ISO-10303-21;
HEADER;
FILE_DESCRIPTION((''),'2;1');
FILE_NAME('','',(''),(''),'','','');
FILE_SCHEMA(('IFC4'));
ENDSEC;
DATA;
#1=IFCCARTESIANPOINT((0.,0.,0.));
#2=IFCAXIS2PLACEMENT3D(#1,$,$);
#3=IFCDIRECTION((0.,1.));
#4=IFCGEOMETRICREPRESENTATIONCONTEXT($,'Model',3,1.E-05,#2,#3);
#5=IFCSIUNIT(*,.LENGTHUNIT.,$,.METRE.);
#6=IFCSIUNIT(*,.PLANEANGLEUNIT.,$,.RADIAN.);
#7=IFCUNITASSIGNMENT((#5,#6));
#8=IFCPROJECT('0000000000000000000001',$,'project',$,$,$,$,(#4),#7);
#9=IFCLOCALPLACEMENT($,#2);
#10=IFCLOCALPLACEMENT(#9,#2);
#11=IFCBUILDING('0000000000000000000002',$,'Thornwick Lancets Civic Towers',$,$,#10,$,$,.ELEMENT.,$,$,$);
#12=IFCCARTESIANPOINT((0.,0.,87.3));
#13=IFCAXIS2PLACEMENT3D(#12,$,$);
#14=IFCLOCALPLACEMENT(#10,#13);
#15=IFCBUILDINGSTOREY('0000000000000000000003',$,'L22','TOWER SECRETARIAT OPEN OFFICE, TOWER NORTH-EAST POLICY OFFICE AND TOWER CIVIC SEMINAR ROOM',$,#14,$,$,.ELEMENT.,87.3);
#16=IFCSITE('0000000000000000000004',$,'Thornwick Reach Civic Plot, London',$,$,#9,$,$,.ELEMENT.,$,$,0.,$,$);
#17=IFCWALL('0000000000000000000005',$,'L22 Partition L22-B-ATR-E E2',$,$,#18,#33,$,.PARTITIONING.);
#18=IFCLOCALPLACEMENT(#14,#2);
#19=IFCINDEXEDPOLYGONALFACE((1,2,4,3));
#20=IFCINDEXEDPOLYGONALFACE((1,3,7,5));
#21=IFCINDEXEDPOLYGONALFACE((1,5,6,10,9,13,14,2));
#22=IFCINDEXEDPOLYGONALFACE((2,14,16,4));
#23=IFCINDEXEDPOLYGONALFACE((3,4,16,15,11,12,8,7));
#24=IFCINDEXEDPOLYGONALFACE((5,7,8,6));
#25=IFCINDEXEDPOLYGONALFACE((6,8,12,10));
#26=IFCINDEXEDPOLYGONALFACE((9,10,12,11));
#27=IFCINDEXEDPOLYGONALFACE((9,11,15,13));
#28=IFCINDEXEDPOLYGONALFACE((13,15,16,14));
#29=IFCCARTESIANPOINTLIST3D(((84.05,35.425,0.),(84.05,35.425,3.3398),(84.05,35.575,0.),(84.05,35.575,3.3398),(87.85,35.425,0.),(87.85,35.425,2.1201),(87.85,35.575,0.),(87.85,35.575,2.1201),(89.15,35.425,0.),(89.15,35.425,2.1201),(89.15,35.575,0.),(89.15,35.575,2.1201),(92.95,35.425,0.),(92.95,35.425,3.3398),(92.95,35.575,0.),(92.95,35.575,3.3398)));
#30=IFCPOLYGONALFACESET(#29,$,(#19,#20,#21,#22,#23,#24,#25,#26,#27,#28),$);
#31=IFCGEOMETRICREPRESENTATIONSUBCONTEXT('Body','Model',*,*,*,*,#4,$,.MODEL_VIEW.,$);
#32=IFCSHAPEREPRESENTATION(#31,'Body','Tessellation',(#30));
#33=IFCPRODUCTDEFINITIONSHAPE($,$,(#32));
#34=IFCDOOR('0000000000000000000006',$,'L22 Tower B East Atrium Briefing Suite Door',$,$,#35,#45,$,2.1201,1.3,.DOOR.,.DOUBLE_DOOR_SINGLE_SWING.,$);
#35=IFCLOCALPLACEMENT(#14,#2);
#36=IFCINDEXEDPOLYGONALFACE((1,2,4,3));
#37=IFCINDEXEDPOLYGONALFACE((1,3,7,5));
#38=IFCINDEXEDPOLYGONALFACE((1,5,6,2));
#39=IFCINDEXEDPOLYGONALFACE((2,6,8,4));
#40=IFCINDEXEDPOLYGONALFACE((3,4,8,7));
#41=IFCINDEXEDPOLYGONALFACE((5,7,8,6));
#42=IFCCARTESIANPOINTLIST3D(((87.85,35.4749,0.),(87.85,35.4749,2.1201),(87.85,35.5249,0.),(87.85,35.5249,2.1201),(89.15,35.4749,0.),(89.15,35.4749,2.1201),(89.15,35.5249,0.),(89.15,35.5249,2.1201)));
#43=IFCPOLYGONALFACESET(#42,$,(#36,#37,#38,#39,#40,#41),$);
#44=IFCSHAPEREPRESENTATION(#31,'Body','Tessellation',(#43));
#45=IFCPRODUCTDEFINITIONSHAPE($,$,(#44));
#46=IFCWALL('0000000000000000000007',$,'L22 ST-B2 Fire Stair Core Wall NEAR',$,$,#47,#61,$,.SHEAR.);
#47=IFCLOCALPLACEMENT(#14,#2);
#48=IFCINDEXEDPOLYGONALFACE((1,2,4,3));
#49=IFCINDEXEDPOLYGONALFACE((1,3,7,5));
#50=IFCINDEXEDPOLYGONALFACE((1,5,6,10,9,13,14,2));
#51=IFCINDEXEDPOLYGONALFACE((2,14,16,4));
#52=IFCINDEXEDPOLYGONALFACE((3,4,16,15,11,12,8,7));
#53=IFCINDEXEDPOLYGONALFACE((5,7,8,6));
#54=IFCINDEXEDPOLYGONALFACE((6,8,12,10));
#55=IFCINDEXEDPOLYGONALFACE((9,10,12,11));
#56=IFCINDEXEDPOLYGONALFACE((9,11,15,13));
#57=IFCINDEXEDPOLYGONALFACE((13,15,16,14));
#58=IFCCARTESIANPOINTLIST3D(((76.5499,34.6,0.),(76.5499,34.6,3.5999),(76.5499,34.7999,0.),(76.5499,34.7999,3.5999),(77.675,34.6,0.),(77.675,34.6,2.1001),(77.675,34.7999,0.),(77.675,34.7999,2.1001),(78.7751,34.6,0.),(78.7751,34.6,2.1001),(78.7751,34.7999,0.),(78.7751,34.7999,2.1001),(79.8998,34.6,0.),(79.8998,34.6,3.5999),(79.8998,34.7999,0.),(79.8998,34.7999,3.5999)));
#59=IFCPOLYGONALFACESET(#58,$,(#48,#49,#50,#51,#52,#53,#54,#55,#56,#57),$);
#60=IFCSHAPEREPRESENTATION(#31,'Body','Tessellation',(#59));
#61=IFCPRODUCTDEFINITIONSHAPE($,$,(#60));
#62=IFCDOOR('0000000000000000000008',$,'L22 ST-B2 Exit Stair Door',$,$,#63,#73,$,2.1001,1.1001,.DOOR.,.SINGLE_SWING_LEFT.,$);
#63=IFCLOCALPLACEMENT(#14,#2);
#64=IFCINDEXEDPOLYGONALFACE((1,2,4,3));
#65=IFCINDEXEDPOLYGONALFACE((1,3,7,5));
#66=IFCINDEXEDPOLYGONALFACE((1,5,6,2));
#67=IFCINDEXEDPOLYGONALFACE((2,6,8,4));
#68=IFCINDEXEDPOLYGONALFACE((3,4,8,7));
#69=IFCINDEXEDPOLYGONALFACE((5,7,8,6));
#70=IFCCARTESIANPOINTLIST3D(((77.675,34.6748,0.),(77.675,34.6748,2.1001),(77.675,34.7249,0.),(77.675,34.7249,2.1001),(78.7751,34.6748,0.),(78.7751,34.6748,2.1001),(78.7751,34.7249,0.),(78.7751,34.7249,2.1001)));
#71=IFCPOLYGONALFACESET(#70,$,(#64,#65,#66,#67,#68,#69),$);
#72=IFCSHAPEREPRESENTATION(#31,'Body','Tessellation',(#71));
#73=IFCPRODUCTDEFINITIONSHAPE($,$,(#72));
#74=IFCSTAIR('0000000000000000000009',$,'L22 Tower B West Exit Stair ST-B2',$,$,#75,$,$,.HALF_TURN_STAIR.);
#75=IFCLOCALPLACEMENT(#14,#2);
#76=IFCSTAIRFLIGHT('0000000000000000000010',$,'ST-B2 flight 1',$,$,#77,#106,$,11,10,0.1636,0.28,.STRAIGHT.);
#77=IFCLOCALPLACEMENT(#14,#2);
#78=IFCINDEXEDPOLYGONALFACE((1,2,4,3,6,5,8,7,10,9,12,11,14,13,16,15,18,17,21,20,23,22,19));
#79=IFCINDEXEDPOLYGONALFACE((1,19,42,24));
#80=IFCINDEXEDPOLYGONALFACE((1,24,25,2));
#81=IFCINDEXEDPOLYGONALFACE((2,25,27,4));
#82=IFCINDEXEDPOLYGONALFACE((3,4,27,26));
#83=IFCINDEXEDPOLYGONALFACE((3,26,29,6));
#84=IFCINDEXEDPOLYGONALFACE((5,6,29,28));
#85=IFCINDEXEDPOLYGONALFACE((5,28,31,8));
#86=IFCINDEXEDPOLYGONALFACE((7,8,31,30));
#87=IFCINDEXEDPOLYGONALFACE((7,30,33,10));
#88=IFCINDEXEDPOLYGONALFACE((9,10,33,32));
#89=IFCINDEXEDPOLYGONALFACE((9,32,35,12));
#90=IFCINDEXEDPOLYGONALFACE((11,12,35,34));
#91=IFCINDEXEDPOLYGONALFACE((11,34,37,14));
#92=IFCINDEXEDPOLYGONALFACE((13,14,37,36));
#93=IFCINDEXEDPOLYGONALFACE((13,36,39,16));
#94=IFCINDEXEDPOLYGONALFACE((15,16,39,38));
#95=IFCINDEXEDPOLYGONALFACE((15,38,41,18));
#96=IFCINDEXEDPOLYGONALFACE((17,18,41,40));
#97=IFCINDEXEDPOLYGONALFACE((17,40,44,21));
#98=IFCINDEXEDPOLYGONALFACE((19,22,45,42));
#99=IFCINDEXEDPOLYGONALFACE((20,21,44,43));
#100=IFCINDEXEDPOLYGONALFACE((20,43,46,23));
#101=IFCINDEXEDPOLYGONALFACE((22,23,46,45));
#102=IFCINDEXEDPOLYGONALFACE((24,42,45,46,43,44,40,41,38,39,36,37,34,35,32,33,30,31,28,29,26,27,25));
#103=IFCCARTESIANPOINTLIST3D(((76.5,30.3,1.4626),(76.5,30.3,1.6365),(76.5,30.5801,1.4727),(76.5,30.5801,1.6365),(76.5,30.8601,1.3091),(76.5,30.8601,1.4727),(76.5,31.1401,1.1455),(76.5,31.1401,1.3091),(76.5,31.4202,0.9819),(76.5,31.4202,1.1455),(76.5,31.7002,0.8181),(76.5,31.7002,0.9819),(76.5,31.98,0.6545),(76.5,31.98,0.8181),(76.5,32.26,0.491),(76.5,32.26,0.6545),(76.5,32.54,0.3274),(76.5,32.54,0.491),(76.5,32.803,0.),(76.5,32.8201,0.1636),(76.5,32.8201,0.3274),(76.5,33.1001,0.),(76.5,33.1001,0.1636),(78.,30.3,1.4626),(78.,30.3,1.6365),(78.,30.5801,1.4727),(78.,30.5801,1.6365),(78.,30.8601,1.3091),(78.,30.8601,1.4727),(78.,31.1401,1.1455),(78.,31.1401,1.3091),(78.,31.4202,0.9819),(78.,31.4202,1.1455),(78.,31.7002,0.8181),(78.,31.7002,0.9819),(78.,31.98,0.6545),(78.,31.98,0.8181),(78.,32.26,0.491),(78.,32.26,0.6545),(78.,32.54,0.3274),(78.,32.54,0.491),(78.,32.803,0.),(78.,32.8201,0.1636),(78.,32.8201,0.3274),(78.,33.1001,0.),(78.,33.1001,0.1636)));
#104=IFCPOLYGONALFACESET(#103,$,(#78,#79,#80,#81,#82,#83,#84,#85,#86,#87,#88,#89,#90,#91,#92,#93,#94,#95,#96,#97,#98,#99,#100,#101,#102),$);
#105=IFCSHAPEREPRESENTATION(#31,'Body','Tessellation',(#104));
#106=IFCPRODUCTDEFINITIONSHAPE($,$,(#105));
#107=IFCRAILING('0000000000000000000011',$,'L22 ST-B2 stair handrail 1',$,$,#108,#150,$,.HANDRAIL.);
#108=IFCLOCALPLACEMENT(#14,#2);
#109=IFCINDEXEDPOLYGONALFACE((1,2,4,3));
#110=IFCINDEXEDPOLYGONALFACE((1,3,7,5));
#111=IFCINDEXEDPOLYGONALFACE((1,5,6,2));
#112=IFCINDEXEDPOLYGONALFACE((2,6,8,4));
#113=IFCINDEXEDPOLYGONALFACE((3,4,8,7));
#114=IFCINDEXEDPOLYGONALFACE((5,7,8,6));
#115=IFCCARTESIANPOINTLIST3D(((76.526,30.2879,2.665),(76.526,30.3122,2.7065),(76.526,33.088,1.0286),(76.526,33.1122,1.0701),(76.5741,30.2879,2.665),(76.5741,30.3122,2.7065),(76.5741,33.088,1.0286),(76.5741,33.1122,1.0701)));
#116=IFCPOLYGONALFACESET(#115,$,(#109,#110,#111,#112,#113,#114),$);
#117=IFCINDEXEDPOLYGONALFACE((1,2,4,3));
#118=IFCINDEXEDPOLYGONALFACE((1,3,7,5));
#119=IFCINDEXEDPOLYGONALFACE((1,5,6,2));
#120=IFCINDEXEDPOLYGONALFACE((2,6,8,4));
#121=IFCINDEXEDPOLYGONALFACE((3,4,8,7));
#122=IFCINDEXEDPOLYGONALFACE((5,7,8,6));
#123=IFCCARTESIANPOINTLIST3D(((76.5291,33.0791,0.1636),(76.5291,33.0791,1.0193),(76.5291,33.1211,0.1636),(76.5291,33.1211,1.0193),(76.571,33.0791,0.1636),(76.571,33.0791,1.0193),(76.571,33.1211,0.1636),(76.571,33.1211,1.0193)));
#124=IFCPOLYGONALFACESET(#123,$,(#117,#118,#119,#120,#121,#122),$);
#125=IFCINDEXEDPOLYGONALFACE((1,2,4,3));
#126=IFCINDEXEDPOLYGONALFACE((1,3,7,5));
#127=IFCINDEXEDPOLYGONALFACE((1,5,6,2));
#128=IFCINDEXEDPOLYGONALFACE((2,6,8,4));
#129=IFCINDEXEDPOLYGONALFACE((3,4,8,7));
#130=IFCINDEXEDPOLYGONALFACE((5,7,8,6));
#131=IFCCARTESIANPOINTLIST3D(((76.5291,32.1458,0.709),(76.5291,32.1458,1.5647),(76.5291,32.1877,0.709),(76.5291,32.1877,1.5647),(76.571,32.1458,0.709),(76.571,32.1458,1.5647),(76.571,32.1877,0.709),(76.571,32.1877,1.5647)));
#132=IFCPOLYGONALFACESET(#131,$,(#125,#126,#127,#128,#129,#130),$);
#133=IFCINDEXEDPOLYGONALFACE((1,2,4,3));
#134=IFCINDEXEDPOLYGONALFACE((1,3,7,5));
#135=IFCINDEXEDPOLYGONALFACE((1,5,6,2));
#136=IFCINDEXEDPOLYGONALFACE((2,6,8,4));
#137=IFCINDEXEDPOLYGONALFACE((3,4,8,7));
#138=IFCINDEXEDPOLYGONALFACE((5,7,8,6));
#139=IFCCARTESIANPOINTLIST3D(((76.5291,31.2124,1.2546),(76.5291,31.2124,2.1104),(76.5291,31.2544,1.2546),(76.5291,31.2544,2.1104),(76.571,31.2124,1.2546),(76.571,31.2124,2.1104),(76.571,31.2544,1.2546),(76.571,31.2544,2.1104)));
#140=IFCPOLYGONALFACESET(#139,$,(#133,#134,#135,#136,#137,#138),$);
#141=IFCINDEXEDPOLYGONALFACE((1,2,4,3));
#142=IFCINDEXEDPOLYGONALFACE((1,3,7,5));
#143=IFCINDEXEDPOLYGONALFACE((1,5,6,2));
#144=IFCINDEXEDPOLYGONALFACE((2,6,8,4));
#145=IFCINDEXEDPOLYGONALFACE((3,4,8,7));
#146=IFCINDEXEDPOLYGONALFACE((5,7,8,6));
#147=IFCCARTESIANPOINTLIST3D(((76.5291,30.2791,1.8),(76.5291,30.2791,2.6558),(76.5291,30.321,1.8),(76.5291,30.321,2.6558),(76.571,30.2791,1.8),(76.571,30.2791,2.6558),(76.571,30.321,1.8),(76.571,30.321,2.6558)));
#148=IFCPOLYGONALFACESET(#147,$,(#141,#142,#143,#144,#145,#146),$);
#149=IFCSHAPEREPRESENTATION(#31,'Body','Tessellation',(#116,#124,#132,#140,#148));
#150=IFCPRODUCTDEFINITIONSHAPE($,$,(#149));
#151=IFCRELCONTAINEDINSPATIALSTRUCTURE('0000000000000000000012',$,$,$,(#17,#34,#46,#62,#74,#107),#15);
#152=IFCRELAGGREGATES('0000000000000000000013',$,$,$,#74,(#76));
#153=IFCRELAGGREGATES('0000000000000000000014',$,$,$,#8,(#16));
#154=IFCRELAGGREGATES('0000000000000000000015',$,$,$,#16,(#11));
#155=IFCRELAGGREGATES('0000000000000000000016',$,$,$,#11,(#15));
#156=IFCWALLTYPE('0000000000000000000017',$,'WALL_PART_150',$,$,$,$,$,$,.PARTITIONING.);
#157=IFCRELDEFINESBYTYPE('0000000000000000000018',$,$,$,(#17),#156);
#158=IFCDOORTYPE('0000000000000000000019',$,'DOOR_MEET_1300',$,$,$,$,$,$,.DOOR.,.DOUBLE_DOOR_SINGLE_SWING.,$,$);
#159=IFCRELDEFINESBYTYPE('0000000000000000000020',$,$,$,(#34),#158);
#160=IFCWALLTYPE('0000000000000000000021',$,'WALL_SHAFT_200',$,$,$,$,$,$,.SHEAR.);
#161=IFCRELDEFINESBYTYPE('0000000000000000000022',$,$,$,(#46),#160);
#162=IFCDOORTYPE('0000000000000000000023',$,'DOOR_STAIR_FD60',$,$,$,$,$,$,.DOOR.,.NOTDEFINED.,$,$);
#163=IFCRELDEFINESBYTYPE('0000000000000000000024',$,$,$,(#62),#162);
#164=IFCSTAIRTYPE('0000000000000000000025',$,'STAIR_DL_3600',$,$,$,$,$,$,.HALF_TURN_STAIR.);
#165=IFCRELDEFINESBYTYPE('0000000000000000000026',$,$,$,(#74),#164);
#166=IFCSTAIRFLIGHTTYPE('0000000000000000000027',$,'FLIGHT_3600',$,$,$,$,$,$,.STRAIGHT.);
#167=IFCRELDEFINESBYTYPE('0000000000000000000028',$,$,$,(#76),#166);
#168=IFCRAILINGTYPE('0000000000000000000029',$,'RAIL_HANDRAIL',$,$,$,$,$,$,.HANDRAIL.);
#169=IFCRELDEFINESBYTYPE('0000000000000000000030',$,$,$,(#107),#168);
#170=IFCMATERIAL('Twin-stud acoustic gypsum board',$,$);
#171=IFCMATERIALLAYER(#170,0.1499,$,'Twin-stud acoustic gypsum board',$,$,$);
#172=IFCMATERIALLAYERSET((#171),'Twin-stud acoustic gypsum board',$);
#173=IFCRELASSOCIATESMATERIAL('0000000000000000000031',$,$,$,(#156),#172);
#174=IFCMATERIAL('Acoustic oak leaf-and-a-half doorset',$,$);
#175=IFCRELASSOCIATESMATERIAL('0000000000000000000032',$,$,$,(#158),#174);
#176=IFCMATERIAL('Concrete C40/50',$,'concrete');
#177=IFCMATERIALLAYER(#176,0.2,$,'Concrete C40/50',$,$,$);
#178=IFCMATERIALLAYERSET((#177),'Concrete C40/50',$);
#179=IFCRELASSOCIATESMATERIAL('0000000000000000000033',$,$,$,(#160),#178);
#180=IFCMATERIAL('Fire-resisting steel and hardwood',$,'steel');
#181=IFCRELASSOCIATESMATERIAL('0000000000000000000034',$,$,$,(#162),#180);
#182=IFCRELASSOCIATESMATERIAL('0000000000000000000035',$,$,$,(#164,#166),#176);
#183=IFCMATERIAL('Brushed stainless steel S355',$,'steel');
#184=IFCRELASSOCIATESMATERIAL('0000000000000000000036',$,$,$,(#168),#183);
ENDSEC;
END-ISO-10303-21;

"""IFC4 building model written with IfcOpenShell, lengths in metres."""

from ifc_helpers import new_model, si_unit, direction, frame, frame_2d, origin, origin_2d, place, context, subcontext, project, spatial, polyline, rectangle, outline, extrude, material, layer, layer_set, type_object, element, fill, aggregate, save


model = new_model("IFC4")

# Units and contexts
model_context = context("Model", 3, precision=1e-05, world=origin(), true_north=direction((0.0, 1.0)))
body_context = subcontext(model_context, "Body", "Model", "MODEL_VIEW")
ifc_project = project(units=[si_unit("LENGTHUNIT", "METRE"), si_unit("PLANEANGLEUNIT", "RADIAN")], contexts=[model_context])

# Site, building, storey
site_placement = place(None, origin())
site = spatial("IfcSite", under=ifc_project, at=site_placement, Name="Thornwick Reach Civic Plot, London", CompositionType="ELEMENT", RefElevation=0.0)
building_placement = place(site_placement, origin())
building = spatial("IfcBuilding", under=site, at=building_placement, Name="Thornwick Lancets Civic Towers", CompositionType="ELEMENT")
storey_placement = place(building_placement, frame((0.0, 0.0, 87.3)))
storey = spatial("IfcBuildingStorey", under=building, at=storey_placement, Name="L22", Description="TOWER SECRETARIAT OPEN OFFICE, TOWER NORTH-EAST POLICY OFFICE AND TOWER CIVIC SEMINAR ROOM", CompositionType="ELEMENT", Elevation=87.3)

# Shared definitions
ifc_material_1 = material(Name="Twin-stud acoustic gypsum board")
ifc_layer_1 = layer(ifc_material_1, 0.1499, Name="Twin-stud acoustic gypsum board")
ifc_layer_set_1 = layer_set([ifc_layer_1], Name="Twin-stud acoustic gypsum board")
wall_type_1 = type_object("IfcWallType", Name="WALL_PART_150", PredefinedType="PARTITIONING", material=ifc_layer_set_1)

# Walls, openings, doors
wall_1_placement = place(storey_placement, frame((84.05, 35.5, 0.0), z_axis=(0.0, 0.0, 1.0), x_axis=(1.0, 0.0, 0.0)))
wall_1 = element("IfcWall", 1, at=wall_1_placement, inside=storey, type_object=wall_type_1, Name="L22 Partition L22-B-ATR-E E2", PredefinedType="PARTITIONING", context=body_context, shape_type="SweptSolid", body=[
    extrude(rectangle(XDim=8.8999, YDim=0.1499, at=frame_2d((4.45, 0.0))), origin(), (0.0, 0.0, 1.0), 3.3398),
])
opening_1_placement = place(wall_1_placement, frame((3.8, 0.0, 0.0)))
opening_1 = element("IfcOpeningElement", 2, at=opening_1_placement, cuts=wall_1, PredefinedType="OPENING", context=body_context, shape_type="SweptSolid", body=[
    extrude(rectangle(XDim=1.3, YDim=2.1201, at=frame_2d((0.6499, 1.0601))), frame((0.0, 0.085, 0.0), z_axis=(0.0, -1.0, 0.0), x_axis=(1.0, 0.0, 0.0)), (0.0, 0.0, 1.0), 0.1699),
])
ifc_material_2 = material(Name="Acoustic oak leaf-and-a-half doorset")
door_type_1 = type_object("IfcDoorType", Name="DOOR_MEET_1300", OperationType="DOUBLE_DOOR_SINGLE_SWING", PredefinedType="DOOR", material=ifc_material_2)
door_1_placement = place(opening_1_placement, origin())
door_1 = element("IfcDoor", 3, at=door_1_placement, inside=storey, type_object=door_type_1, Name="L22 Tower B East Atrium Briefing Suite Door", OperationType="DOUBLE_DOOR_SINGLE_SWING", OverallHeight=2.1201, OverallWidth=1.3, PredefinedType="DOOR", context=body_context, shape_type="SweptSolid", body=[
    extrude(rectangle(XDim=1.3, YDim=2.1201, at=frame_2d((0.6499, 1.0601))), frame((0.0, 0.0249, 0.0), z_axis=(0.0, -1.0, 0.0), x_axis=(1.0, 0.0, 0.0)), (0.0, 0.0, 1.0), 0.05),
])
fill(opening_1, door_1)
ifc_material_3 = material(Name="Concrete C40/50", Category="concrete")
ifc_layer_2 = layer(ifc_material_3, 0.2, Name="Concrete C40/50")
ifc_layer_set_2 = layer_set([ifc_layer_2], Name="Concrete C40/50")
wall_type_2 = type_object("IfcWallType", Name="WALL_SHAFT_200", PredefinedType="SHEAR", material=ifc_layer_set_2)
wall_2_placement = place(storey_placement, frame((76.55, 34.7, 0.0), z_axis=(0.0, 0.0, 1.0), x_axis=(1.0, 0.0, 0.0)))
wall_2 = element("IfcWall", 4, at=wall_2_placement, inside=storey, type_object=wall_type_2, Name="L22 ST-B2 Fire Stair Core Wall NEAR", PredefinedType="SHEAR", context=body_context, shape_type="SweptSolid", body=[
    extrude(rectangle(XDim=3.3499, YDim=0.2, at=frame_2d((1.6748, 0.0))), origin(), (0.0, 0.0, 1.0), 3.5999),
])
opening_2_placement = place(wall_2_placement, frame((1.125, 0.0, 0.0)))
opening_2 = element("IfcOpeningElement", 5, at=opening_2_placement, cuts=wall_2, PredefinedType="OPENING", context=body_context, shape_type="SweptSolid", body=[
    extrude(rectangle(XDim=1.1001, YDim=2.1001, at=frame_2d((0.55, 1.05))), frame((0.0, 0.1099, 0.0), z_axis=(0.0, -1.0, 0.0), x_axis=(1.0, 0.0, 0.0)), (0.0, 0.0, 1.0), 0.22),
])
ifc_material_4 = material(Name="Fire-resisting steel and hardwood", Category="steel")
door_type_2 = type_object("IfcDoorType", Name="DOOR_STAIR_FD60", OperationType="NOTDEFINED", PredefinedType="DOOR", material=ifc_material_4)
door_2_placement = place(opening_2_placement, origin())
door_2 = element("IfcDoor", 6, at=door_2_placement, inside=storey, type_object=door_type_2, Name="L22 ST-B2 Exit Stair Door", OperationType="SINGLE_SWING_LEFT", OverallHeight=2.1001, OverallWidth=1.1001, PredefinedType="DOOR", context=body_context, shape_type="SweptSolid", body=[
    extrude(rectangle(XDim=1.1001, YDim=2.1001, at=frame_2d((0.55, 1.05))), frame((0.0, 0.0249, 0.0), z_axis=(0.0, -1.0, 0.0), x_axis=(1.0, 0.0, 0.0)), (0.0, 0.0, 1.0), 0.05),
])
fill(opening_2, door_2)

# Stair, stair flight
stair_type = type_object("IfcStairType", Name="STAIR_DL_3600", PredefinedType="HALF_TURN_STAIR", material=ifc_material_3)
stair_placement = place(storey_placement, origin())
stair = element("IfcStair", 7, at=stair_placement, inside=storey, type_object=stair_type, Name="L22 Tower B West Exit Stair ST-B2", PredefinedType="HALF_TURN_STAIR")
stair_flight_type = type_object("IfcStairFlightType", Name="FLIGHT_3600", PredefinedType="STRAIGHT", material=ifc_material_3)
stair_flight_placement = place(storey_placement, frame((77.25, 33.1001, 0.0), z_axis=(0.0, 0.0, 1.0), x_axis=(0.0, -1.0, 0.0)))
stair_flight = element("IfcStairFlight", 8, at=stair_flight_placement, type_object=stair_flight_type, Name="ST-B2 flight 1", NumberOfRisers=11, NumberOfTreads=10, PredefinedType="STRAIGHT", RiserHeight=0.1636, TreadLength=0.28, context=body_context, shape_type="SweptSolid", body=[
    extrude(outline(polyline([(0.0, 0.0), (0.0, 0.1636), (0.28, 0.1636), (0.28, 0.3274), (0.5601, 0.3274), (0.5601, 0.491), (0.8401, 0.491), (0.8401, 0.6545), (1.1201, 0.6545), (1.1201, 0.8181), (1.3999, 0.8181), (1.3999, 0.9819), (1.6799, 0.9819), (1.6799, 1.1455), (1.96, 1.1455), (1.96, 1.3091), (2.24, 1.3091), (2.24, 1.4727), (2.52, 1.4727), (2.52, 1.6365), (2.8, 1.6365), (2.8, 1.8), (2.8, 1.4626), (0.2971, 0.0), (0.0, 0.0)])), frame((0.0, 0.75, 0.0), z_axis=(0.0, -1.0, 0.0), x_axis=(1.0, 0.0, 0.0)), (0.0, 0.0, 1.0), 1.5),
])
aggregate(stair, [stair_flight])

# Railing
ifc_material_5 = material(Name="Brushed stainless steel S355", Category="steel")
railing_type_1 = type_object("IfcRailingType", Name="RAIL_HANDRAIL", PredefinedType="HANDRAIL", material=ifc_material_5)
railing_1_placement = place(storey_placement, frame((76.55, 33.1001, 0.1636)))
element("IfcRailing", 9, at=railing_1_placement, inside=storey, type_object=railing_type_1, Name="L22 ST-B2 stair handrail 1", PredefinedType="HANDRAIL", context=body_context, shape_type="SweptSolid", body=[
    extrude(rectangle(XDim=0.0481, YDim=0.0481, at=origin_2d()), frame((0.0, 0.0, 0.8857), z_axis=(0.0, -0.863361, 0.504587), x_axis=(1.0, 0.0, 0.0)), (0.0, 0.0, 1.0), 3.2432),
    extrude(rectangle(XDim=0.042, YDim=0.042, at=origin_2d()), origin(), (0.0, 0.0, 1.0), 0.8557),
    extrude(rectangle(XDim=0.042, YDim=0.042, at=origin_2d()), frame((0.0, -0.9333, 0.5454)), (0.0, 0.0, 1.0), 0.8557),
    extrude(rectangle(XDim=0.042, YDim=0.042, at=origin_2d()), frame((0.0, -1.8667, 1.0911)), (0.0, 0.0, 1.0), 0.8557),
    extrude(rectangle(XDim=0.042, YDim=0.042, at=origin_2d()), frame((0.0, -2.8, 1.6365)), (0.0, 0.0, 1.0), 0.8557),
])

save(model, "model.ifc")
